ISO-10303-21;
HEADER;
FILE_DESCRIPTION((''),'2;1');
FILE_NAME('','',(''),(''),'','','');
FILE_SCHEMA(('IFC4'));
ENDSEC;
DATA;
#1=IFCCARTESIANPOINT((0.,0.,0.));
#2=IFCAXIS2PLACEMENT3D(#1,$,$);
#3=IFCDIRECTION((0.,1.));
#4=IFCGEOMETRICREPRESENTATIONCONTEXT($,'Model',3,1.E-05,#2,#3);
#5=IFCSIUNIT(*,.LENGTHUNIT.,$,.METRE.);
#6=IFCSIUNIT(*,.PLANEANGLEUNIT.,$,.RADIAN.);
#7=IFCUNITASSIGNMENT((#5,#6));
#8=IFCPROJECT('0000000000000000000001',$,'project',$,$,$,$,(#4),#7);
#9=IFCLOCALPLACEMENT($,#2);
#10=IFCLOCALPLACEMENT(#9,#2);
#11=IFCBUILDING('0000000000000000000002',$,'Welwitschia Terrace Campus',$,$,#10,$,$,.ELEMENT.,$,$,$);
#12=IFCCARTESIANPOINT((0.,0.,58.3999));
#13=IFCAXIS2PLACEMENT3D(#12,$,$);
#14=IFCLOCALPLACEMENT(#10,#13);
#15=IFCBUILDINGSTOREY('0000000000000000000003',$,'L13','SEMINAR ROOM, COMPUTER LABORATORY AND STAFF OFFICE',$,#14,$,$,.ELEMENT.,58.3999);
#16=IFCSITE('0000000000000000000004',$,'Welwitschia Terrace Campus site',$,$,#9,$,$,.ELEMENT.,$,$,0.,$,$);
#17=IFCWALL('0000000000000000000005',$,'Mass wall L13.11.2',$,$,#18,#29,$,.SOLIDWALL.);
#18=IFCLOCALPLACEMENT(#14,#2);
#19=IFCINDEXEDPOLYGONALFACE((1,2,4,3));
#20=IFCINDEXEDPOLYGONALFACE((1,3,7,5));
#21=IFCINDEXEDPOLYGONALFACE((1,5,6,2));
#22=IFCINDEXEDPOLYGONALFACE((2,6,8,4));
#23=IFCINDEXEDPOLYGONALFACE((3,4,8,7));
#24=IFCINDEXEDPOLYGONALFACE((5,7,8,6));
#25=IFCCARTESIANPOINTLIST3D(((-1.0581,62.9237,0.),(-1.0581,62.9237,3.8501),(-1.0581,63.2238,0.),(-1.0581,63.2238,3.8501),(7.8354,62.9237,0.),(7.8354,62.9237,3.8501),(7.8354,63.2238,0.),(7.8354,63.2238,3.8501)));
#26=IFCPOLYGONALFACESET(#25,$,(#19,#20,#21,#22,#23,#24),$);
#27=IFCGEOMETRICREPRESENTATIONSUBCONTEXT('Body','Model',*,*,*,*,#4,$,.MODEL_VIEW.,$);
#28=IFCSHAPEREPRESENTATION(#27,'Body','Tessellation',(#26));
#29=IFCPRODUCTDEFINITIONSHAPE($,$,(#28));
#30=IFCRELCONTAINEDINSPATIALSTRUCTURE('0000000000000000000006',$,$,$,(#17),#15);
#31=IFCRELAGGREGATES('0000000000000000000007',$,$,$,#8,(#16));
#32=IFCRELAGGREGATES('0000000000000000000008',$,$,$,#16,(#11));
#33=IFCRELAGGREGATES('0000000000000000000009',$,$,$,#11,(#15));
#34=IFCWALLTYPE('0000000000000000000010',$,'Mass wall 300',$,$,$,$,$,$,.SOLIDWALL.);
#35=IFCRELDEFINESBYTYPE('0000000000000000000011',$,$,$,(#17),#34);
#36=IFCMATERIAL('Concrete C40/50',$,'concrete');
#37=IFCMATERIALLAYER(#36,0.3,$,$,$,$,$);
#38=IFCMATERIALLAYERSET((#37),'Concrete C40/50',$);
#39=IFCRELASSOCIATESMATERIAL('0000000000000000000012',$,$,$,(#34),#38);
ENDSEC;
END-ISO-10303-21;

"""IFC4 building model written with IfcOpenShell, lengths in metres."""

from ifc_helpers import new_model, si_unit, direction, frame, frame_2d, origin, place, context, subcontext, project, spatial, rectangle, extrude, material, layer, layer_set, type_object, element, save


model = new_model("IFC4")

# Units and contexts
model_context = context("Model", 3, precision=1e-05, world=origin(), true_north=direction((0.0, 1.0)))
body_context = subcontext(model_context, "Body", "Model", "MODEL_VIEW")
ifc_project = project(units=[si_unit("LENGTHUNIT", "METRE"), si_unit("PLANEANGLEUNIT", "RADIAN")], contexts=[model_context])

# Site, building, storey
site_placement = place(None, origin())
site = spatial("IfcSite", under=ifc_project, at=site_placement, Name="Welwitschia Terrace Campus site", CompositionType="ELEMENT", RefElevation=0.0)
building_placement = place(site_placement, origin())
building = spatial("IfcBuilding", under=site, at=building_placement, Name="Welwitschia Terrace Campus", CompositionType="ELEMENT")
storey_placement = place(building_placement, frame((0.0, 0.0, 58.3999)))
storey = spatial("IfcBuildingStorey", under=building, at=storey_placement, Name="L13", Description="SEMINAR ROOM, COMPUTER LABORATORY AND STAFF OFFICE", CompositionType="ELEMENT", Elevation=58.3999)

# Wall
ifc_material_1 = material(Name="Concrete C40/50", Category="concrete")
ifc_layer_1 = layer(ifc_material_1, 0.3)
ifc_layer_set_1 = layer_set([ifc_layer_1], Name="Concrete C40/50")
wall_type_1 = type_object("IfcWallType", Name="Mass wall 300", PredefinedType="SOLIDWALL", material=ifc_layer_set_1)
wall_1_placement = place(storey_placement, frame((7.8354, 63.0737, 0.0), z_axis=(0.0, 0.0, 1.0), x_axis=(-1.0, 0.0, 0.0)))
element("IfcWall", 1, at=wall_1_placement, inside=storey, type_object=wall_type_1, Name="Mass wall L13.11.2", PredefinedType="SOLIDWALL", context=body_context, shape_type="SweptSolid", body=[
    extrude(rectangle(XDim=8.8936, YDim=0.3, at=frame_2d((4.4468, 0.0))), origin(), (0.0, 0.0, 1.0), 3.8501),
])

save(model, "model.ifc")
